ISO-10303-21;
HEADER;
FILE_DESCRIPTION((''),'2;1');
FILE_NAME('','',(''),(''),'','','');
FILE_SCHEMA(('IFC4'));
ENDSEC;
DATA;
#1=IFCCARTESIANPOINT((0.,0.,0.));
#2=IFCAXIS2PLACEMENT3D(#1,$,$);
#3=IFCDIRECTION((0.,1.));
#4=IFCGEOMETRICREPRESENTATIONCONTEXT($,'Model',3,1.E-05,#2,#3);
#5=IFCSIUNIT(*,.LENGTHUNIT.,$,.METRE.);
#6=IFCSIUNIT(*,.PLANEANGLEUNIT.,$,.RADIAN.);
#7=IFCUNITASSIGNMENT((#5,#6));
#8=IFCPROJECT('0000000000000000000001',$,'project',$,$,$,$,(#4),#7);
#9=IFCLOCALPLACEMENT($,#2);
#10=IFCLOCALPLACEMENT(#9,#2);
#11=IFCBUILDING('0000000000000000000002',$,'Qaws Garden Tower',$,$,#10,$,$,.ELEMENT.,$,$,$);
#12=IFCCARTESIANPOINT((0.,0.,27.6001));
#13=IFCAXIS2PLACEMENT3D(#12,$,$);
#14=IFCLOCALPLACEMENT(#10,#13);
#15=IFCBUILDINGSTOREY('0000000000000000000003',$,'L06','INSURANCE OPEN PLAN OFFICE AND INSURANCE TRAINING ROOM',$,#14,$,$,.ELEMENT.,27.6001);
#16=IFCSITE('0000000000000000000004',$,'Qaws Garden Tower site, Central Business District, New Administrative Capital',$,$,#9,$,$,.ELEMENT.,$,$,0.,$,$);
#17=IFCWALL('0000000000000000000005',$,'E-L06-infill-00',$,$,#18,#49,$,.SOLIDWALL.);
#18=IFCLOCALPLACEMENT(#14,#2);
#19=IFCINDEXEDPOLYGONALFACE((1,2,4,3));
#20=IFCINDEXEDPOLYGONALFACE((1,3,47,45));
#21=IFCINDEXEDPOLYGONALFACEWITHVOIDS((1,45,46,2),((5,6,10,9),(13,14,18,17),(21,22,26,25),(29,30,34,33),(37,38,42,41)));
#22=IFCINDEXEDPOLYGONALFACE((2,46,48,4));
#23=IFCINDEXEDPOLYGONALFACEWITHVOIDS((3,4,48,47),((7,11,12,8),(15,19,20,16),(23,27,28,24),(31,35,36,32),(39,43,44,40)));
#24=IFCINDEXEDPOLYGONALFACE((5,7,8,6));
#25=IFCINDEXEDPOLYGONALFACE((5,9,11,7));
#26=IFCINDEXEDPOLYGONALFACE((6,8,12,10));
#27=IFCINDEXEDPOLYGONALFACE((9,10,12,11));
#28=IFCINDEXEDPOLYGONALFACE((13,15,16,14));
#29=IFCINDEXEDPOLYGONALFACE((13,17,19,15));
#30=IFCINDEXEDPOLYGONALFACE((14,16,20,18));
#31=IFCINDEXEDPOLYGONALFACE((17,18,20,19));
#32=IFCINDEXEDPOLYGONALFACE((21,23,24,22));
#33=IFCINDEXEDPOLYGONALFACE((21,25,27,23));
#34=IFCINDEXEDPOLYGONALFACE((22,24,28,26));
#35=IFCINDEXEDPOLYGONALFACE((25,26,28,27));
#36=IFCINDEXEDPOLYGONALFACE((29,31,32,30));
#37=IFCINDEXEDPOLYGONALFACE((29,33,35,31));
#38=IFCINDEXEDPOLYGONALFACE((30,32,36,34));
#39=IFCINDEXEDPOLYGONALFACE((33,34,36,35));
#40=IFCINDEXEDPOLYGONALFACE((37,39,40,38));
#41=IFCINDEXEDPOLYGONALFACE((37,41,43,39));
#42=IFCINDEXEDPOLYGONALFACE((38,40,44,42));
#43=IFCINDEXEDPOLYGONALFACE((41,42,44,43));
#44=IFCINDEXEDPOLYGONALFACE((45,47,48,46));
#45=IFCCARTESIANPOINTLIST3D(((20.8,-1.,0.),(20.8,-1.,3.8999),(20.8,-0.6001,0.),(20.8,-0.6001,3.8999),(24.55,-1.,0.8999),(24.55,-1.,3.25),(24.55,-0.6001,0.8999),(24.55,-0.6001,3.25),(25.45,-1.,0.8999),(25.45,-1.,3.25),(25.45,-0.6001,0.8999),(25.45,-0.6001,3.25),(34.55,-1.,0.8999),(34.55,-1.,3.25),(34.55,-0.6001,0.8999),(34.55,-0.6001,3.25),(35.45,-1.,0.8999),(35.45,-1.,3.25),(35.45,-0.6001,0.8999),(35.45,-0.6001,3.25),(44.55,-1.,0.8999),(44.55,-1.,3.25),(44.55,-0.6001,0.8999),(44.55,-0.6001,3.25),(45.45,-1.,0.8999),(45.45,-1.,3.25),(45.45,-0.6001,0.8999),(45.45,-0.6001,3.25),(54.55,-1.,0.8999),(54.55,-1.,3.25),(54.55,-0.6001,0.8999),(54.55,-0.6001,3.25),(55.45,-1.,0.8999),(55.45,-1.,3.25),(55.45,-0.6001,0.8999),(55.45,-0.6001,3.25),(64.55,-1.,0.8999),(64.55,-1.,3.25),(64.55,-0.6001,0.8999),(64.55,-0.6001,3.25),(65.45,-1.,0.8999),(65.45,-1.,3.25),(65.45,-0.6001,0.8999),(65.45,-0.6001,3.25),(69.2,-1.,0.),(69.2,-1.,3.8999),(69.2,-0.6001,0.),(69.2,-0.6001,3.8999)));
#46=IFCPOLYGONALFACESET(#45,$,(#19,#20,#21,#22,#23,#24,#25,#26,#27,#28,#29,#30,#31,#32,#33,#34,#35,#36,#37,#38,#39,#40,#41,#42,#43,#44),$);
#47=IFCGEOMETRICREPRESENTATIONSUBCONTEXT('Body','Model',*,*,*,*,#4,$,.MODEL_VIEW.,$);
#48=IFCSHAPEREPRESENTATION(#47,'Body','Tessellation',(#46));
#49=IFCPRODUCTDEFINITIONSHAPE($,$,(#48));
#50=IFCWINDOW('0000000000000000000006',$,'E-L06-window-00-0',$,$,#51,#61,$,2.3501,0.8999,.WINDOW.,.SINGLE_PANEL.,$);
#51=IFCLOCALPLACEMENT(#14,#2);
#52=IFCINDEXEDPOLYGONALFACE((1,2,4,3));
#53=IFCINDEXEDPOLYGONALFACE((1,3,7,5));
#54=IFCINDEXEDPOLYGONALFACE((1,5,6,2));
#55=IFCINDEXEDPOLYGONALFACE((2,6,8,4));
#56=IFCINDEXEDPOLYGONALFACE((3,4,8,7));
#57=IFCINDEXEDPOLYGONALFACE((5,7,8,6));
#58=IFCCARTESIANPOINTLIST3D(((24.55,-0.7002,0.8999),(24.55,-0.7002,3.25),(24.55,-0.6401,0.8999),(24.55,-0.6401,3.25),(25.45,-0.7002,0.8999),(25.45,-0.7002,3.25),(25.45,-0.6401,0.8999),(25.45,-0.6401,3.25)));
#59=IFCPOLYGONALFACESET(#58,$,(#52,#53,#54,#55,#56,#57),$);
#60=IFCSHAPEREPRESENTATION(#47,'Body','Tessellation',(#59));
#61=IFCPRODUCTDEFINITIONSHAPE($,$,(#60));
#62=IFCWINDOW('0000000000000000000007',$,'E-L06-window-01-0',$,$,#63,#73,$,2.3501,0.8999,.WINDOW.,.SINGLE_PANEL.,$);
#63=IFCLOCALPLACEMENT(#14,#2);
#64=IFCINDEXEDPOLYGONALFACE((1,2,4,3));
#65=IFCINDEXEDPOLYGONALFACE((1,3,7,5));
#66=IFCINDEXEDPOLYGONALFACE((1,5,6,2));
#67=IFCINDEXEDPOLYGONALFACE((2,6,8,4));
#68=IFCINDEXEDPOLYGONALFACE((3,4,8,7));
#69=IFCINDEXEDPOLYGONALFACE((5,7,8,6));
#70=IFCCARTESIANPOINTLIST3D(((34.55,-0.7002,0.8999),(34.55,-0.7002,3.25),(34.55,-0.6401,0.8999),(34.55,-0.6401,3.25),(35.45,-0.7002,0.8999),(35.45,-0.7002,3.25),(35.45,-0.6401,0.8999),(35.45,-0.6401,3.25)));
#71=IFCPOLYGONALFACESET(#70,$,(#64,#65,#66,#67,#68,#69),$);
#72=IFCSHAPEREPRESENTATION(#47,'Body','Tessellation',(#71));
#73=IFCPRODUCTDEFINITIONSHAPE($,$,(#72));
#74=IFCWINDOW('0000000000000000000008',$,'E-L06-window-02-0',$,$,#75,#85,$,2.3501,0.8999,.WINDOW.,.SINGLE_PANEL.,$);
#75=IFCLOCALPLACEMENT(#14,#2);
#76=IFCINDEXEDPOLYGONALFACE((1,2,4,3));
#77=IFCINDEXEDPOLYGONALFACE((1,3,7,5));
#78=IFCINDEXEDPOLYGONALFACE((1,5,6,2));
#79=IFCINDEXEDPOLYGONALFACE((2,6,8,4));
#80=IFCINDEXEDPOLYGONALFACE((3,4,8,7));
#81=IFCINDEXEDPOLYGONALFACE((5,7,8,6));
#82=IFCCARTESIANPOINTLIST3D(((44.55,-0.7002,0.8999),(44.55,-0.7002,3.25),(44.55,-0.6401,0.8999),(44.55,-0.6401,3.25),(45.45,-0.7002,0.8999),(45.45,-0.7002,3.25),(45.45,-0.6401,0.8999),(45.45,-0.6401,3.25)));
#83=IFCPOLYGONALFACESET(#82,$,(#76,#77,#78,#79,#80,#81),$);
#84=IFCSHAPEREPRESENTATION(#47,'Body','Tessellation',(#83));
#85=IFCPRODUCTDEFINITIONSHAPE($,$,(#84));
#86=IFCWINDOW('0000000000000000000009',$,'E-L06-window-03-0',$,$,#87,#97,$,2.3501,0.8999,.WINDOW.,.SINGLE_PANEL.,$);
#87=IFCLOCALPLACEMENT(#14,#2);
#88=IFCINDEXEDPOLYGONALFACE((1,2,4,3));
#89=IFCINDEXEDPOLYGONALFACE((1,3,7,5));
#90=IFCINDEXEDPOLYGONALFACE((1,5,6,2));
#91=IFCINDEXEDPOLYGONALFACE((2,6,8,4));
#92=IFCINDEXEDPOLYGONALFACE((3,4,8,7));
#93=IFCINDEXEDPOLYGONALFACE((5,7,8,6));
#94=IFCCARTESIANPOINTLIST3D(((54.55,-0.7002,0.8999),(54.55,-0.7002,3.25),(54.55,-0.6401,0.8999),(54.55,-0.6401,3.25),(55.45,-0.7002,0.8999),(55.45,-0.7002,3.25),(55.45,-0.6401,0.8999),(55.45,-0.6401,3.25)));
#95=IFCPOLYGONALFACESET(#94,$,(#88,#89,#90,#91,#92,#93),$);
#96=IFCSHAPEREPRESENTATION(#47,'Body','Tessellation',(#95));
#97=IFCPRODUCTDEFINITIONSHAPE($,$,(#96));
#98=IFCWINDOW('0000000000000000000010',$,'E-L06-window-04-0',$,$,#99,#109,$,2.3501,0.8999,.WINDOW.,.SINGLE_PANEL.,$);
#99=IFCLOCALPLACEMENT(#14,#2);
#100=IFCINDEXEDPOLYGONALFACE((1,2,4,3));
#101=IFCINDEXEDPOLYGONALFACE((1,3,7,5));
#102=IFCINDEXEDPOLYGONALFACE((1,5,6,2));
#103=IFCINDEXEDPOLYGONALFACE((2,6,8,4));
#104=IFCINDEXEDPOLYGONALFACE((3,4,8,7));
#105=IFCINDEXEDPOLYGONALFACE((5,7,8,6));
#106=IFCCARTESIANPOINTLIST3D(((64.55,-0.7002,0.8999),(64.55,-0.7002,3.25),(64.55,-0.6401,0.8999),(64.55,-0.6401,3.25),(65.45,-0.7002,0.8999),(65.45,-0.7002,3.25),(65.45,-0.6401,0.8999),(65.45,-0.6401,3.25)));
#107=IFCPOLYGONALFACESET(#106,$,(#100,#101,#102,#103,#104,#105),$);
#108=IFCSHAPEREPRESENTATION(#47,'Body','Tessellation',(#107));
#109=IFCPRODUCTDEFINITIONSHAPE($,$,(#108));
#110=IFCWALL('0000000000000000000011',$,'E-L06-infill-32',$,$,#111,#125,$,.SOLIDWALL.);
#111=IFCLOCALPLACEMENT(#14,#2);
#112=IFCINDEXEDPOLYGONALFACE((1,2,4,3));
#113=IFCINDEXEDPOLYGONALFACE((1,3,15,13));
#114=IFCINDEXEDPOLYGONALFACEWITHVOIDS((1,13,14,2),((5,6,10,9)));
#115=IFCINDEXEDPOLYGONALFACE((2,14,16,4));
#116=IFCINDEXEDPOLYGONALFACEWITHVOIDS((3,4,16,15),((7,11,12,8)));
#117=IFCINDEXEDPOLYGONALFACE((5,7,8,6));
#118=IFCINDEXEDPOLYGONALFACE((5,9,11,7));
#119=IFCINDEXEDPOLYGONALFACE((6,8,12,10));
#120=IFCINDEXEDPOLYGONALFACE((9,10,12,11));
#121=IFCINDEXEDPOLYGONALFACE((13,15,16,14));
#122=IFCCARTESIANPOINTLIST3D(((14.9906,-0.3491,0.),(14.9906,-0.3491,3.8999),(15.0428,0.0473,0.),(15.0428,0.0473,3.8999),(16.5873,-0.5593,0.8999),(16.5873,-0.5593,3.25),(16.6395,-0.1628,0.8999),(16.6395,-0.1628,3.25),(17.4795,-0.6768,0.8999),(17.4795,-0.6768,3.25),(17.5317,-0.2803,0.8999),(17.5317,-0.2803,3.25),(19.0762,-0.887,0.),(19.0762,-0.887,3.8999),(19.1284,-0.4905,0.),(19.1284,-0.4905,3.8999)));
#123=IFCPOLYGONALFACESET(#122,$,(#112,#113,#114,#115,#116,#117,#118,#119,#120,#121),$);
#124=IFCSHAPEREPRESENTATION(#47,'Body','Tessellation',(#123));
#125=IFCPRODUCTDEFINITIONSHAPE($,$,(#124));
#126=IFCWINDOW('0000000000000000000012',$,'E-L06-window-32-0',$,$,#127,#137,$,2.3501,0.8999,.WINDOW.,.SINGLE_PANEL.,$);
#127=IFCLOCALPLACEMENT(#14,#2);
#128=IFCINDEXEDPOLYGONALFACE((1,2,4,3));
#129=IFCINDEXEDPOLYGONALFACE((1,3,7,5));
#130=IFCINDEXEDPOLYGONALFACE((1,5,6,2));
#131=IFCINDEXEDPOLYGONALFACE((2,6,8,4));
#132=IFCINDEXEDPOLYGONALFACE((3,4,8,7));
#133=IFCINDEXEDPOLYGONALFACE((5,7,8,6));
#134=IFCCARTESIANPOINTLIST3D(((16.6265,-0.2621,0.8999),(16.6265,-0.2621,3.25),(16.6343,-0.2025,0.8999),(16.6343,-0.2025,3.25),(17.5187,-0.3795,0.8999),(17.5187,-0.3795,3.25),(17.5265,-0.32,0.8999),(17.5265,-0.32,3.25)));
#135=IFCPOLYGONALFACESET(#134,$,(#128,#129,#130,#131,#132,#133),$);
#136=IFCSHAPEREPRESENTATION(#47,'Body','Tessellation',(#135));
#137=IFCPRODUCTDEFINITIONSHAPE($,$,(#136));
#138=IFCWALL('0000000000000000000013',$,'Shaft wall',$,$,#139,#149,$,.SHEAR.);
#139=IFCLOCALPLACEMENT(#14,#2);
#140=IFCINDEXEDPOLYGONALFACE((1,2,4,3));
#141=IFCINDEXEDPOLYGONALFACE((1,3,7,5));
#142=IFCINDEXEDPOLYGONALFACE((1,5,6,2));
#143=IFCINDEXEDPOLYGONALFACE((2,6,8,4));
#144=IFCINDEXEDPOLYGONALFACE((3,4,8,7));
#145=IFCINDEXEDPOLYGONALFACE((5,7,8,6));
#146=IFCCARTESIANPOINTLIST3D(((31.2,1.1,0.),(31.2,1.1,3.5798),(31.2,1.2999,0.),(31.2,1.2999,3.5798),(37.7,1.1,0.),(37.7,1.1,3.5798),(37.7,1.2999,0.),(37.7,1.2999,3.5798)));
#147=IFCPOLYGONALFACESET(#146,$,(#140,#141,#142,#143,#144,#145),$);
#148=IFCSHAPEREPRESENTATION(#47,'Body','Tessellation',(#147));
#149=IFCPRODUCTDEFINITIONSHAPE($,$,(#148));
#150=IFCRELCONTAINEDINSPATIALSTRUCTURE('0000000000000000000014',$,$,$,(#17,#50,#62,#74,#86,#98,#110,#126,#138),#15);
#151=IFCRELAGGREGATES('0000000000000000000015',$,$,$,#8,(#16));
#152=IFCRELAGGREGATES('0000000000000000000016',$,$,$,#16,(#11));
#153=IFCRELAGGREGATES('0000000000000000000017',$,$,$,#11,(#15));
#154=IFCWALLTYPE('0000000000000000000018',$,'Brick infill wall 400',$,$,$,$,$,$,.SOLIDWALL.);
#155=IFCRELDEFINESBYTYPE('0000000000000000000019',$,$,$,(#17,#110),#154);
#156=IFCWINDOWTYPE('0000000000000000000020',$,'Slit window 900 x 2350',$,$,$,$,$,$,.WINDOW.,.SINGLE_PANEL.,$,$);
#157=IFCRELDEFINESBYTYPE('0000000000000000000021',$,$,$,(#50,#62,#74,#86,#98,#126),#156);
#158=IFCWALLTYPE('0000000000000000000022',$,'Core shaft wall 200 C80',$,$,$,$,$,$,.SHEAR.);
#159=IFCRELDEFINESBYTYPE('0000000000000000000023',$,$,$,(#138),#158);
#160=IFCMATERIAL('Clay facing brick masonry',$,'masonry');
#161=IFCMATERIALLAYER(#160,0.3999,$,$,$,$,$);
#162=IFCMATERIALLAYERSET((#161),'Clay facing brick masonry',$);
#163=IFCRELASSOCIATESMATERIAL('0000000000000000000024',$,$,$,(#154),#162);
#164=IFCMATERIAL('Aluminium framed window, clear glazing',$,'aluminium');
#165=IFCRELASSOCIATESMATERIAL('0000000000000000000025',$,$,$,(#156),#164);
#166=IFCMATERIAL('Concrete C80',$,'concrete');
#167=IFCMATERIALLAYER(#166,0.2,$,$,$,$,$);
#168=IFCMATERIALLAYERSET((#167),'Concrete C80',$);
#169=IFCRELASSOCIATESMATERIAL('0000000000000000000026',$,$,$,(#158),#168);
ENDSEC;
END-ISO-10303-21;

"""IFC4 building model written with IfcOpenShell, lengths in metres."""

from ifc_helpers import new_model, si_unit, direction, frame, frame_2d, origin, place, context, subcontext, project, spatial, rectangle, extrude, material, layer, layer_set, type_object, element, fill, save


model = new_model("IFC4")

# Units and contexts
model_context = context("Model", 3, precision=1e-05, world=origin(), true_north=direction((0.0, 1.0)))
body_context = subcontext(model_context, "Body", "Model", "MODEL_VIEW")
ifc_project = project(units=[si_unit("LENGTHUNIT", "METRE"), si_unit("PLANEANGLEUNIT", "RADIAN")], contexts=[model_context])

# Site, building, storey
site_placement = place(None, origin())
site = spatial("IfcSite", under=ifc_project, at=site_placement, Name="Qaws Garden Tower site, Central Business District, New Administrative Capital", CompositionType="ELEMENT", RefElevation=0.0)
building_placement = place(site_placement, origin())
building = spatial("IfcBuilding", under=site, at=building_placement, Name="Qaws Garden Tower", CompositionType="ELEMENT")
storey_placement = place(building_placement, frame((0.0, 0.0, 27.6001)))
storey = spatial("IfcBuildingStorey", under=building, at=storey_placement, Name="L06", Description="INSURANCE OPEN PLAN OFFICE AND INSURANCE TRAINING ROOM", CompositionType="ELEMENT", Elevation=27.6001)

# Wall, openings, windows
ifc_material_1 = material(Name="Clay facing brick masonry", Category="masonry")
ifc_layer_1 = layer(ifc_material_1, 0.3999)
ifc_layer_set_1 = layer_set([ifc_layer_1], Name="Clay facing brick masonry")
wall_type_1 = type_object("IfcWallType", Name="Brick infill wall 400", PredefinedType="SOLIDWALL", material=ifc_layer_set_1)
wall_1_placement = place(storey_placement, frame((20.8, -0.8, 0.0), z_axis=(0.0, 0.0, 1.0), x_axis=(1.0, 0.0, 0.0)))
wall_1 = element("IfcWall", 1, at=wall_1_placement, inside=storey, type_object=wall_type_1, Name="E-L06-infill-00", PredefinedType="SOLIDWALL", context=body_context, shape_type="SweptSolid", body=[
    extrude(rectangle(XDim=48.3999, YDim=0.3999, at=frame_2d((24.2, 0.0))), origin(), (0.0, 0.0, 1.0), 3.8999),
])
opening_1_placement = place(wall_1_placement, frame((3.75, 0.0, 0.8999)))
opening_1 = element("IfcOpeningElement", 2, at=opening_1_placement, cuts=wall_1, PredefinedType="OPENING", context=body_context, shape_type="SweptSolid", body=[
    extrude(rectangle(XDim=0.8999, YDim=2.3501, at=frame_2d((0.45, 1.175))), frame((0.0, 0.21, 0.0), z_axis=(0.0, -1.0, 0.0), x_axis=(1.0, 0.0, 0.0)), (0.0, 0.0, 1.0), 0.4199),
])
opening_2_placement = place(wall_1_placement, frame((13.75, 0.0, 0.8999)))
opening_2 = element("IfcOpeningElement", 3, at=opening_2_placement, cuts=wall_1, PredefinedType="OPENING", context=body_context, shape_type="SweptSolid", body=[
    extrude(rectangle(XDim=0.8999, YDim=2.3501, at=frame_2d((0.45, 1.175))), frame((0.0, 0.21, 0.0), z_axis=(0.0, -1.0, 0.0), x_axis=(1.0, 0.0, 0.0)), (0.0, 0.0, 1.0), 0.4199),
])
opening_3_placement = place(wall_1_placement, frame((23.75, 0.0, 0.8999)))
opening_3 = element("IfcOpeningElement", 4, at=opening_3_placement, cuts=wall_1, PredefinedType="OPENING", context=body_context, shape_type="SweptSolid", body=[
    extrude(rectangle(XDim=0.8999, YDim=2.3501, at=frame_2d((0.45, 1.175))), frame((0.0, 0.21, 0.0), z_axis=(0.0, -1.0, 0.0), x_axis=(1.0, 0.0, 0.0)), (0.0, 0.0, 1.0), 0.4199),
])
opening_4_placement = place(wall_1_placement, frame((33.75, 0.0, 0.8999)))
opening_4 = element("IfcOpeningElement", 5, at=opening_4_placement, cuts=wall_1, PredefinedType="OPENING", context=body_context, shape_type="SweptSolid", body=[
    extrude(rectangle(XDim=0.8999, YDim=2.3501, at=frame_2d((0.45, 1.175))), frame((0.0, 0.21, 0.0), z_axis=(0.0, -1.0, 0.0), x_axis=(1.0, 0.0, 0.0)), (0.0, 0.0, 1.0), 0.4199),
])
opening_5_placement = place(wall_1_placement, frame((43.75, 0.0, 0.8999)))
opening_5 = element("IfcOpeningElement", 6, at=opening_5_placement, cuts=wall_1, PredefinedType="OPENING", context=body_context, shape_type="SweptSolid", body=[
    extrude(rectangle(XDim=0.8999, YDim=2.3501, at=frame_2d((0.45, 1.175))), frame((0.0, 0.21, 0.0), z_axis=(0.0, -1.0, 0.0), x_axis=(1.0, 0.0, 0.0)), (0.0, 0.0, 1.0), 0.4199),
])
ifc_material_2 = material(Name="Aluminium framed window, clear glazing", Category="aluminium")
window_type = type_object("IfcWindowType", Name="Slit window 900 x 2350", PartitioningType="SINGLE_PANEL", PredefinedType="WINDOW", material=ifc_material_2)
window_1_placement = place(opening_1_placement, origin())
window_1 = element("IfcWindow", 7, at=window_1_placement, inside=storey, type_object=window_type, Name="E-L06-window-00-0", OverallHeight=2.3501, OverallWidth=0.8999, PartitioningType="SINGLE_PANEL", PredefinedType="WINDOW", context=body_context, shape_type="SweptSolid", body=[
    extrude(rectangle(XDim=0.8999, YDim=2.3501, at=frame_2d((0.45, 1.175))), frame((0.0, 0.1599, 0.0), z_axis=(0.0, -1.0, 0.0), x_axis=(1.0, 0.0, 0.0)), (0.0, 0.0, 1.0), 0.0601),
])
fill(opening_1, window_1)
window_2_placement = place(opening_2_placement, origin())
window_2 = element("IfcWindow", 8, at=window_2_placement, inside=storey, type_object=window_type, Name="E-L06-window-01-0", OverallHeight=2.3501, OverallWidth=0.8999, PartitioningType="SINGLE_PANEL", PredefinedType="WINDOW", context=body_context, shape_type="SweptSolid", body=[
    extrude(rectangle(XDim=0.8999, YDim=2.3501, at=frame_2d((0.45, 1.175))), frame((0.0, 0.1599, 0.0), z_axis=(0.0, -1.0, 0.0), x_axis=(1.0, 0.0, 0.0)), (0.0, 0.0, 1.0), 0.0601),
])
fill(opening_2, window_2)
window_3_placement = place(opening_3_placement, origin())
window_3 = element("IfcWindow", 9, at=window_3_placement, inside=storey, type_object=window_type, Name="E-L06-window-02-0", OverallHeight=2.3501, OverallWidth=0.8999, PartitioningType="SINGLE_PANEL", PredefinedType="WINDOW", context=body_context, shape_type="SweptSolid", body=[
    extrude(rectangle(XDim=0.8999, YDim=2.3501, at=frame_2d((0.45, 1.175))), frame((0.0, 0.1599, 0.0), z_axis=(0.0, -1.0, 0.0), x_axis=(1.0, 0.0, 0.0)), (0.0, 0.0, 1.0), 0.0601),
])
fill(opening_3, window_3)
window_4_placement = place(opening_4_placement, origin())
window_4 = element("IfcWindow", 10, at=window_4_placement, inside=storey, type_object=window_type, Name="E-L06-window-03-0", OverallHeight=2.3501, OverallWidth=0.8999, PartitioningType="SINGLE_PANEL", PredefinedType="WINDOW", context=body_context, shape_type="SweptSolid", body=[
    extrude(rectangle(XDim=0.8999, YDim=2.3501, at=frame_2d((0.45, 1.175))), frame((0.0, 0.1599, 0.0), z_axis=(0.0, -1.0, 0.0), x_axis=(1.0, 0.0, 0.0)), (0.0, 0.0, 1.0), 0.0601),
])
fill(opening_4, window_4)
window_5_placement = place(opening_5_placement, origin())
window_5 = element("IfcWindow", 11, at=window_5_placement, inside=storey, type_object=window_type, Name="E-L06-window-04-0", OverallHeight=2.3501, OverallWidth=0.8999, PartitioningType="SINGLE_PANEL", PredefinedType="WINDOW", context=body_context, shape_type="SweptSolid", body=[
    extrude(rectangle(XDim=0.8999, YDim=2.3501, at=frame_2d((0.45, 1.175))), frame((0.0, 0.1599, 0.0), z_axis=(0.0, -1.0, 0.0), x_axis=(1.0, 0.0, 0.0)), (0.0, 0.0, 1.0), 0.0601),
])
fill(opening_5, window_5)

# Wall, opening, window
wall_2_placement = place(storey_placement, frame((15.0166, -0.1509, 0.0), z_axis=(0.0, 0.0, 1.0), x_axis=(0.991446, -0.130514, 0.0)))
wall_2 = element("IfcWall", 12, at=wall_2_placement, inside=storey, type_object=wall_type_1, Name="E-L06-infill-32", PredefinedType="SOLIDWALL", context=body_context, shape_type="SweptSolid", body=[
    extrude(rectangle(XDim=4.1208, YDim=0.3999, at=frame_2d((2.0605, 0.0))), origin(), (0.0, 0.0, 1.0), 3.8999),
])
opening_6_placement = place(wall_2_placement, frame((1.6106, 0.0, 0.8999)))
opening_6 = element("IfcOpeningElement", 13, at=opening_6_placement, cuts=wall_2, PredefinedType="OPENING", context=body_context, shape_type="SweptSolid", body=[
    extrude(rectangle(XDim=0.8999, YDim=2.3501, at=frame_2d((0.45, 1.175))), frame((0.0, 0.21, 0.0), z_axis=(0.0, -1.0, 0.0), x_axis=(1.0, 0.0, 0.0)), (0.0, 0.0, 1.0), 0.4199),
])
window_6_placement = place(opening_6_placement, origin())
window_6 = element("IfcWindow", 14, at=window_6_placement, inside=storey, type_object=window_type, Name="E-L06-window-32-0", OverallHeight=2.3501, OverallWidth=0.8999, PartitioningType="SINGLE_PANEL", PredefinedType="WINDOW", context=body_context, shape_type="SweptSolid", body=[
    extrude(rectangle(XDim=0.8999, YDim=2.3501, at=frame_2d((0.45, 1.175))), frame((0.0, 0.1599, 0.0), z_axis=(0.0, -1.0, 0.0), x_axis=(1.0, 0.0, 0.0)), (0.0, 0.0, 1.0), 0.0601),
])
fill(opening_6, window_6)

# Wall
ifc_material_3 = material(Name="Concrete C80", Category="concrete")
ifc_layer_2 = layer(ifc_material_3, 0.2)
ifc_layer_set_2 = layer_set([ifc_layer_2], Name="Concrete C80")
wall_type_2 = type_object("IfcWallType", Name="Core shaft wall 200 C80", PredefinedType="SHEAR", material=ifc_layer_set_2)
wall_3_placement = place(storey_placement, frame((31.2, 1.2, 0.0), z_axis=(0.0, 0.0, 1.0), x_axis=(1.0, 0.0, 0.0)))
element("IfcWall", 15, at=wall_3_placement, inside=storey, type_object=wall_type_2, Name="Shaft wall", PredefinedType="SHEAR", context=body_context, shape_type="SweptSolid", body=[
    extrude(rectangle(XDim=6.5, YDim=0.2, at=frame_2d((3.25, 0.0))), origin(), (0.0, 0.0, 1.0), 3.5798),
])

save(model, "model.ifc")
